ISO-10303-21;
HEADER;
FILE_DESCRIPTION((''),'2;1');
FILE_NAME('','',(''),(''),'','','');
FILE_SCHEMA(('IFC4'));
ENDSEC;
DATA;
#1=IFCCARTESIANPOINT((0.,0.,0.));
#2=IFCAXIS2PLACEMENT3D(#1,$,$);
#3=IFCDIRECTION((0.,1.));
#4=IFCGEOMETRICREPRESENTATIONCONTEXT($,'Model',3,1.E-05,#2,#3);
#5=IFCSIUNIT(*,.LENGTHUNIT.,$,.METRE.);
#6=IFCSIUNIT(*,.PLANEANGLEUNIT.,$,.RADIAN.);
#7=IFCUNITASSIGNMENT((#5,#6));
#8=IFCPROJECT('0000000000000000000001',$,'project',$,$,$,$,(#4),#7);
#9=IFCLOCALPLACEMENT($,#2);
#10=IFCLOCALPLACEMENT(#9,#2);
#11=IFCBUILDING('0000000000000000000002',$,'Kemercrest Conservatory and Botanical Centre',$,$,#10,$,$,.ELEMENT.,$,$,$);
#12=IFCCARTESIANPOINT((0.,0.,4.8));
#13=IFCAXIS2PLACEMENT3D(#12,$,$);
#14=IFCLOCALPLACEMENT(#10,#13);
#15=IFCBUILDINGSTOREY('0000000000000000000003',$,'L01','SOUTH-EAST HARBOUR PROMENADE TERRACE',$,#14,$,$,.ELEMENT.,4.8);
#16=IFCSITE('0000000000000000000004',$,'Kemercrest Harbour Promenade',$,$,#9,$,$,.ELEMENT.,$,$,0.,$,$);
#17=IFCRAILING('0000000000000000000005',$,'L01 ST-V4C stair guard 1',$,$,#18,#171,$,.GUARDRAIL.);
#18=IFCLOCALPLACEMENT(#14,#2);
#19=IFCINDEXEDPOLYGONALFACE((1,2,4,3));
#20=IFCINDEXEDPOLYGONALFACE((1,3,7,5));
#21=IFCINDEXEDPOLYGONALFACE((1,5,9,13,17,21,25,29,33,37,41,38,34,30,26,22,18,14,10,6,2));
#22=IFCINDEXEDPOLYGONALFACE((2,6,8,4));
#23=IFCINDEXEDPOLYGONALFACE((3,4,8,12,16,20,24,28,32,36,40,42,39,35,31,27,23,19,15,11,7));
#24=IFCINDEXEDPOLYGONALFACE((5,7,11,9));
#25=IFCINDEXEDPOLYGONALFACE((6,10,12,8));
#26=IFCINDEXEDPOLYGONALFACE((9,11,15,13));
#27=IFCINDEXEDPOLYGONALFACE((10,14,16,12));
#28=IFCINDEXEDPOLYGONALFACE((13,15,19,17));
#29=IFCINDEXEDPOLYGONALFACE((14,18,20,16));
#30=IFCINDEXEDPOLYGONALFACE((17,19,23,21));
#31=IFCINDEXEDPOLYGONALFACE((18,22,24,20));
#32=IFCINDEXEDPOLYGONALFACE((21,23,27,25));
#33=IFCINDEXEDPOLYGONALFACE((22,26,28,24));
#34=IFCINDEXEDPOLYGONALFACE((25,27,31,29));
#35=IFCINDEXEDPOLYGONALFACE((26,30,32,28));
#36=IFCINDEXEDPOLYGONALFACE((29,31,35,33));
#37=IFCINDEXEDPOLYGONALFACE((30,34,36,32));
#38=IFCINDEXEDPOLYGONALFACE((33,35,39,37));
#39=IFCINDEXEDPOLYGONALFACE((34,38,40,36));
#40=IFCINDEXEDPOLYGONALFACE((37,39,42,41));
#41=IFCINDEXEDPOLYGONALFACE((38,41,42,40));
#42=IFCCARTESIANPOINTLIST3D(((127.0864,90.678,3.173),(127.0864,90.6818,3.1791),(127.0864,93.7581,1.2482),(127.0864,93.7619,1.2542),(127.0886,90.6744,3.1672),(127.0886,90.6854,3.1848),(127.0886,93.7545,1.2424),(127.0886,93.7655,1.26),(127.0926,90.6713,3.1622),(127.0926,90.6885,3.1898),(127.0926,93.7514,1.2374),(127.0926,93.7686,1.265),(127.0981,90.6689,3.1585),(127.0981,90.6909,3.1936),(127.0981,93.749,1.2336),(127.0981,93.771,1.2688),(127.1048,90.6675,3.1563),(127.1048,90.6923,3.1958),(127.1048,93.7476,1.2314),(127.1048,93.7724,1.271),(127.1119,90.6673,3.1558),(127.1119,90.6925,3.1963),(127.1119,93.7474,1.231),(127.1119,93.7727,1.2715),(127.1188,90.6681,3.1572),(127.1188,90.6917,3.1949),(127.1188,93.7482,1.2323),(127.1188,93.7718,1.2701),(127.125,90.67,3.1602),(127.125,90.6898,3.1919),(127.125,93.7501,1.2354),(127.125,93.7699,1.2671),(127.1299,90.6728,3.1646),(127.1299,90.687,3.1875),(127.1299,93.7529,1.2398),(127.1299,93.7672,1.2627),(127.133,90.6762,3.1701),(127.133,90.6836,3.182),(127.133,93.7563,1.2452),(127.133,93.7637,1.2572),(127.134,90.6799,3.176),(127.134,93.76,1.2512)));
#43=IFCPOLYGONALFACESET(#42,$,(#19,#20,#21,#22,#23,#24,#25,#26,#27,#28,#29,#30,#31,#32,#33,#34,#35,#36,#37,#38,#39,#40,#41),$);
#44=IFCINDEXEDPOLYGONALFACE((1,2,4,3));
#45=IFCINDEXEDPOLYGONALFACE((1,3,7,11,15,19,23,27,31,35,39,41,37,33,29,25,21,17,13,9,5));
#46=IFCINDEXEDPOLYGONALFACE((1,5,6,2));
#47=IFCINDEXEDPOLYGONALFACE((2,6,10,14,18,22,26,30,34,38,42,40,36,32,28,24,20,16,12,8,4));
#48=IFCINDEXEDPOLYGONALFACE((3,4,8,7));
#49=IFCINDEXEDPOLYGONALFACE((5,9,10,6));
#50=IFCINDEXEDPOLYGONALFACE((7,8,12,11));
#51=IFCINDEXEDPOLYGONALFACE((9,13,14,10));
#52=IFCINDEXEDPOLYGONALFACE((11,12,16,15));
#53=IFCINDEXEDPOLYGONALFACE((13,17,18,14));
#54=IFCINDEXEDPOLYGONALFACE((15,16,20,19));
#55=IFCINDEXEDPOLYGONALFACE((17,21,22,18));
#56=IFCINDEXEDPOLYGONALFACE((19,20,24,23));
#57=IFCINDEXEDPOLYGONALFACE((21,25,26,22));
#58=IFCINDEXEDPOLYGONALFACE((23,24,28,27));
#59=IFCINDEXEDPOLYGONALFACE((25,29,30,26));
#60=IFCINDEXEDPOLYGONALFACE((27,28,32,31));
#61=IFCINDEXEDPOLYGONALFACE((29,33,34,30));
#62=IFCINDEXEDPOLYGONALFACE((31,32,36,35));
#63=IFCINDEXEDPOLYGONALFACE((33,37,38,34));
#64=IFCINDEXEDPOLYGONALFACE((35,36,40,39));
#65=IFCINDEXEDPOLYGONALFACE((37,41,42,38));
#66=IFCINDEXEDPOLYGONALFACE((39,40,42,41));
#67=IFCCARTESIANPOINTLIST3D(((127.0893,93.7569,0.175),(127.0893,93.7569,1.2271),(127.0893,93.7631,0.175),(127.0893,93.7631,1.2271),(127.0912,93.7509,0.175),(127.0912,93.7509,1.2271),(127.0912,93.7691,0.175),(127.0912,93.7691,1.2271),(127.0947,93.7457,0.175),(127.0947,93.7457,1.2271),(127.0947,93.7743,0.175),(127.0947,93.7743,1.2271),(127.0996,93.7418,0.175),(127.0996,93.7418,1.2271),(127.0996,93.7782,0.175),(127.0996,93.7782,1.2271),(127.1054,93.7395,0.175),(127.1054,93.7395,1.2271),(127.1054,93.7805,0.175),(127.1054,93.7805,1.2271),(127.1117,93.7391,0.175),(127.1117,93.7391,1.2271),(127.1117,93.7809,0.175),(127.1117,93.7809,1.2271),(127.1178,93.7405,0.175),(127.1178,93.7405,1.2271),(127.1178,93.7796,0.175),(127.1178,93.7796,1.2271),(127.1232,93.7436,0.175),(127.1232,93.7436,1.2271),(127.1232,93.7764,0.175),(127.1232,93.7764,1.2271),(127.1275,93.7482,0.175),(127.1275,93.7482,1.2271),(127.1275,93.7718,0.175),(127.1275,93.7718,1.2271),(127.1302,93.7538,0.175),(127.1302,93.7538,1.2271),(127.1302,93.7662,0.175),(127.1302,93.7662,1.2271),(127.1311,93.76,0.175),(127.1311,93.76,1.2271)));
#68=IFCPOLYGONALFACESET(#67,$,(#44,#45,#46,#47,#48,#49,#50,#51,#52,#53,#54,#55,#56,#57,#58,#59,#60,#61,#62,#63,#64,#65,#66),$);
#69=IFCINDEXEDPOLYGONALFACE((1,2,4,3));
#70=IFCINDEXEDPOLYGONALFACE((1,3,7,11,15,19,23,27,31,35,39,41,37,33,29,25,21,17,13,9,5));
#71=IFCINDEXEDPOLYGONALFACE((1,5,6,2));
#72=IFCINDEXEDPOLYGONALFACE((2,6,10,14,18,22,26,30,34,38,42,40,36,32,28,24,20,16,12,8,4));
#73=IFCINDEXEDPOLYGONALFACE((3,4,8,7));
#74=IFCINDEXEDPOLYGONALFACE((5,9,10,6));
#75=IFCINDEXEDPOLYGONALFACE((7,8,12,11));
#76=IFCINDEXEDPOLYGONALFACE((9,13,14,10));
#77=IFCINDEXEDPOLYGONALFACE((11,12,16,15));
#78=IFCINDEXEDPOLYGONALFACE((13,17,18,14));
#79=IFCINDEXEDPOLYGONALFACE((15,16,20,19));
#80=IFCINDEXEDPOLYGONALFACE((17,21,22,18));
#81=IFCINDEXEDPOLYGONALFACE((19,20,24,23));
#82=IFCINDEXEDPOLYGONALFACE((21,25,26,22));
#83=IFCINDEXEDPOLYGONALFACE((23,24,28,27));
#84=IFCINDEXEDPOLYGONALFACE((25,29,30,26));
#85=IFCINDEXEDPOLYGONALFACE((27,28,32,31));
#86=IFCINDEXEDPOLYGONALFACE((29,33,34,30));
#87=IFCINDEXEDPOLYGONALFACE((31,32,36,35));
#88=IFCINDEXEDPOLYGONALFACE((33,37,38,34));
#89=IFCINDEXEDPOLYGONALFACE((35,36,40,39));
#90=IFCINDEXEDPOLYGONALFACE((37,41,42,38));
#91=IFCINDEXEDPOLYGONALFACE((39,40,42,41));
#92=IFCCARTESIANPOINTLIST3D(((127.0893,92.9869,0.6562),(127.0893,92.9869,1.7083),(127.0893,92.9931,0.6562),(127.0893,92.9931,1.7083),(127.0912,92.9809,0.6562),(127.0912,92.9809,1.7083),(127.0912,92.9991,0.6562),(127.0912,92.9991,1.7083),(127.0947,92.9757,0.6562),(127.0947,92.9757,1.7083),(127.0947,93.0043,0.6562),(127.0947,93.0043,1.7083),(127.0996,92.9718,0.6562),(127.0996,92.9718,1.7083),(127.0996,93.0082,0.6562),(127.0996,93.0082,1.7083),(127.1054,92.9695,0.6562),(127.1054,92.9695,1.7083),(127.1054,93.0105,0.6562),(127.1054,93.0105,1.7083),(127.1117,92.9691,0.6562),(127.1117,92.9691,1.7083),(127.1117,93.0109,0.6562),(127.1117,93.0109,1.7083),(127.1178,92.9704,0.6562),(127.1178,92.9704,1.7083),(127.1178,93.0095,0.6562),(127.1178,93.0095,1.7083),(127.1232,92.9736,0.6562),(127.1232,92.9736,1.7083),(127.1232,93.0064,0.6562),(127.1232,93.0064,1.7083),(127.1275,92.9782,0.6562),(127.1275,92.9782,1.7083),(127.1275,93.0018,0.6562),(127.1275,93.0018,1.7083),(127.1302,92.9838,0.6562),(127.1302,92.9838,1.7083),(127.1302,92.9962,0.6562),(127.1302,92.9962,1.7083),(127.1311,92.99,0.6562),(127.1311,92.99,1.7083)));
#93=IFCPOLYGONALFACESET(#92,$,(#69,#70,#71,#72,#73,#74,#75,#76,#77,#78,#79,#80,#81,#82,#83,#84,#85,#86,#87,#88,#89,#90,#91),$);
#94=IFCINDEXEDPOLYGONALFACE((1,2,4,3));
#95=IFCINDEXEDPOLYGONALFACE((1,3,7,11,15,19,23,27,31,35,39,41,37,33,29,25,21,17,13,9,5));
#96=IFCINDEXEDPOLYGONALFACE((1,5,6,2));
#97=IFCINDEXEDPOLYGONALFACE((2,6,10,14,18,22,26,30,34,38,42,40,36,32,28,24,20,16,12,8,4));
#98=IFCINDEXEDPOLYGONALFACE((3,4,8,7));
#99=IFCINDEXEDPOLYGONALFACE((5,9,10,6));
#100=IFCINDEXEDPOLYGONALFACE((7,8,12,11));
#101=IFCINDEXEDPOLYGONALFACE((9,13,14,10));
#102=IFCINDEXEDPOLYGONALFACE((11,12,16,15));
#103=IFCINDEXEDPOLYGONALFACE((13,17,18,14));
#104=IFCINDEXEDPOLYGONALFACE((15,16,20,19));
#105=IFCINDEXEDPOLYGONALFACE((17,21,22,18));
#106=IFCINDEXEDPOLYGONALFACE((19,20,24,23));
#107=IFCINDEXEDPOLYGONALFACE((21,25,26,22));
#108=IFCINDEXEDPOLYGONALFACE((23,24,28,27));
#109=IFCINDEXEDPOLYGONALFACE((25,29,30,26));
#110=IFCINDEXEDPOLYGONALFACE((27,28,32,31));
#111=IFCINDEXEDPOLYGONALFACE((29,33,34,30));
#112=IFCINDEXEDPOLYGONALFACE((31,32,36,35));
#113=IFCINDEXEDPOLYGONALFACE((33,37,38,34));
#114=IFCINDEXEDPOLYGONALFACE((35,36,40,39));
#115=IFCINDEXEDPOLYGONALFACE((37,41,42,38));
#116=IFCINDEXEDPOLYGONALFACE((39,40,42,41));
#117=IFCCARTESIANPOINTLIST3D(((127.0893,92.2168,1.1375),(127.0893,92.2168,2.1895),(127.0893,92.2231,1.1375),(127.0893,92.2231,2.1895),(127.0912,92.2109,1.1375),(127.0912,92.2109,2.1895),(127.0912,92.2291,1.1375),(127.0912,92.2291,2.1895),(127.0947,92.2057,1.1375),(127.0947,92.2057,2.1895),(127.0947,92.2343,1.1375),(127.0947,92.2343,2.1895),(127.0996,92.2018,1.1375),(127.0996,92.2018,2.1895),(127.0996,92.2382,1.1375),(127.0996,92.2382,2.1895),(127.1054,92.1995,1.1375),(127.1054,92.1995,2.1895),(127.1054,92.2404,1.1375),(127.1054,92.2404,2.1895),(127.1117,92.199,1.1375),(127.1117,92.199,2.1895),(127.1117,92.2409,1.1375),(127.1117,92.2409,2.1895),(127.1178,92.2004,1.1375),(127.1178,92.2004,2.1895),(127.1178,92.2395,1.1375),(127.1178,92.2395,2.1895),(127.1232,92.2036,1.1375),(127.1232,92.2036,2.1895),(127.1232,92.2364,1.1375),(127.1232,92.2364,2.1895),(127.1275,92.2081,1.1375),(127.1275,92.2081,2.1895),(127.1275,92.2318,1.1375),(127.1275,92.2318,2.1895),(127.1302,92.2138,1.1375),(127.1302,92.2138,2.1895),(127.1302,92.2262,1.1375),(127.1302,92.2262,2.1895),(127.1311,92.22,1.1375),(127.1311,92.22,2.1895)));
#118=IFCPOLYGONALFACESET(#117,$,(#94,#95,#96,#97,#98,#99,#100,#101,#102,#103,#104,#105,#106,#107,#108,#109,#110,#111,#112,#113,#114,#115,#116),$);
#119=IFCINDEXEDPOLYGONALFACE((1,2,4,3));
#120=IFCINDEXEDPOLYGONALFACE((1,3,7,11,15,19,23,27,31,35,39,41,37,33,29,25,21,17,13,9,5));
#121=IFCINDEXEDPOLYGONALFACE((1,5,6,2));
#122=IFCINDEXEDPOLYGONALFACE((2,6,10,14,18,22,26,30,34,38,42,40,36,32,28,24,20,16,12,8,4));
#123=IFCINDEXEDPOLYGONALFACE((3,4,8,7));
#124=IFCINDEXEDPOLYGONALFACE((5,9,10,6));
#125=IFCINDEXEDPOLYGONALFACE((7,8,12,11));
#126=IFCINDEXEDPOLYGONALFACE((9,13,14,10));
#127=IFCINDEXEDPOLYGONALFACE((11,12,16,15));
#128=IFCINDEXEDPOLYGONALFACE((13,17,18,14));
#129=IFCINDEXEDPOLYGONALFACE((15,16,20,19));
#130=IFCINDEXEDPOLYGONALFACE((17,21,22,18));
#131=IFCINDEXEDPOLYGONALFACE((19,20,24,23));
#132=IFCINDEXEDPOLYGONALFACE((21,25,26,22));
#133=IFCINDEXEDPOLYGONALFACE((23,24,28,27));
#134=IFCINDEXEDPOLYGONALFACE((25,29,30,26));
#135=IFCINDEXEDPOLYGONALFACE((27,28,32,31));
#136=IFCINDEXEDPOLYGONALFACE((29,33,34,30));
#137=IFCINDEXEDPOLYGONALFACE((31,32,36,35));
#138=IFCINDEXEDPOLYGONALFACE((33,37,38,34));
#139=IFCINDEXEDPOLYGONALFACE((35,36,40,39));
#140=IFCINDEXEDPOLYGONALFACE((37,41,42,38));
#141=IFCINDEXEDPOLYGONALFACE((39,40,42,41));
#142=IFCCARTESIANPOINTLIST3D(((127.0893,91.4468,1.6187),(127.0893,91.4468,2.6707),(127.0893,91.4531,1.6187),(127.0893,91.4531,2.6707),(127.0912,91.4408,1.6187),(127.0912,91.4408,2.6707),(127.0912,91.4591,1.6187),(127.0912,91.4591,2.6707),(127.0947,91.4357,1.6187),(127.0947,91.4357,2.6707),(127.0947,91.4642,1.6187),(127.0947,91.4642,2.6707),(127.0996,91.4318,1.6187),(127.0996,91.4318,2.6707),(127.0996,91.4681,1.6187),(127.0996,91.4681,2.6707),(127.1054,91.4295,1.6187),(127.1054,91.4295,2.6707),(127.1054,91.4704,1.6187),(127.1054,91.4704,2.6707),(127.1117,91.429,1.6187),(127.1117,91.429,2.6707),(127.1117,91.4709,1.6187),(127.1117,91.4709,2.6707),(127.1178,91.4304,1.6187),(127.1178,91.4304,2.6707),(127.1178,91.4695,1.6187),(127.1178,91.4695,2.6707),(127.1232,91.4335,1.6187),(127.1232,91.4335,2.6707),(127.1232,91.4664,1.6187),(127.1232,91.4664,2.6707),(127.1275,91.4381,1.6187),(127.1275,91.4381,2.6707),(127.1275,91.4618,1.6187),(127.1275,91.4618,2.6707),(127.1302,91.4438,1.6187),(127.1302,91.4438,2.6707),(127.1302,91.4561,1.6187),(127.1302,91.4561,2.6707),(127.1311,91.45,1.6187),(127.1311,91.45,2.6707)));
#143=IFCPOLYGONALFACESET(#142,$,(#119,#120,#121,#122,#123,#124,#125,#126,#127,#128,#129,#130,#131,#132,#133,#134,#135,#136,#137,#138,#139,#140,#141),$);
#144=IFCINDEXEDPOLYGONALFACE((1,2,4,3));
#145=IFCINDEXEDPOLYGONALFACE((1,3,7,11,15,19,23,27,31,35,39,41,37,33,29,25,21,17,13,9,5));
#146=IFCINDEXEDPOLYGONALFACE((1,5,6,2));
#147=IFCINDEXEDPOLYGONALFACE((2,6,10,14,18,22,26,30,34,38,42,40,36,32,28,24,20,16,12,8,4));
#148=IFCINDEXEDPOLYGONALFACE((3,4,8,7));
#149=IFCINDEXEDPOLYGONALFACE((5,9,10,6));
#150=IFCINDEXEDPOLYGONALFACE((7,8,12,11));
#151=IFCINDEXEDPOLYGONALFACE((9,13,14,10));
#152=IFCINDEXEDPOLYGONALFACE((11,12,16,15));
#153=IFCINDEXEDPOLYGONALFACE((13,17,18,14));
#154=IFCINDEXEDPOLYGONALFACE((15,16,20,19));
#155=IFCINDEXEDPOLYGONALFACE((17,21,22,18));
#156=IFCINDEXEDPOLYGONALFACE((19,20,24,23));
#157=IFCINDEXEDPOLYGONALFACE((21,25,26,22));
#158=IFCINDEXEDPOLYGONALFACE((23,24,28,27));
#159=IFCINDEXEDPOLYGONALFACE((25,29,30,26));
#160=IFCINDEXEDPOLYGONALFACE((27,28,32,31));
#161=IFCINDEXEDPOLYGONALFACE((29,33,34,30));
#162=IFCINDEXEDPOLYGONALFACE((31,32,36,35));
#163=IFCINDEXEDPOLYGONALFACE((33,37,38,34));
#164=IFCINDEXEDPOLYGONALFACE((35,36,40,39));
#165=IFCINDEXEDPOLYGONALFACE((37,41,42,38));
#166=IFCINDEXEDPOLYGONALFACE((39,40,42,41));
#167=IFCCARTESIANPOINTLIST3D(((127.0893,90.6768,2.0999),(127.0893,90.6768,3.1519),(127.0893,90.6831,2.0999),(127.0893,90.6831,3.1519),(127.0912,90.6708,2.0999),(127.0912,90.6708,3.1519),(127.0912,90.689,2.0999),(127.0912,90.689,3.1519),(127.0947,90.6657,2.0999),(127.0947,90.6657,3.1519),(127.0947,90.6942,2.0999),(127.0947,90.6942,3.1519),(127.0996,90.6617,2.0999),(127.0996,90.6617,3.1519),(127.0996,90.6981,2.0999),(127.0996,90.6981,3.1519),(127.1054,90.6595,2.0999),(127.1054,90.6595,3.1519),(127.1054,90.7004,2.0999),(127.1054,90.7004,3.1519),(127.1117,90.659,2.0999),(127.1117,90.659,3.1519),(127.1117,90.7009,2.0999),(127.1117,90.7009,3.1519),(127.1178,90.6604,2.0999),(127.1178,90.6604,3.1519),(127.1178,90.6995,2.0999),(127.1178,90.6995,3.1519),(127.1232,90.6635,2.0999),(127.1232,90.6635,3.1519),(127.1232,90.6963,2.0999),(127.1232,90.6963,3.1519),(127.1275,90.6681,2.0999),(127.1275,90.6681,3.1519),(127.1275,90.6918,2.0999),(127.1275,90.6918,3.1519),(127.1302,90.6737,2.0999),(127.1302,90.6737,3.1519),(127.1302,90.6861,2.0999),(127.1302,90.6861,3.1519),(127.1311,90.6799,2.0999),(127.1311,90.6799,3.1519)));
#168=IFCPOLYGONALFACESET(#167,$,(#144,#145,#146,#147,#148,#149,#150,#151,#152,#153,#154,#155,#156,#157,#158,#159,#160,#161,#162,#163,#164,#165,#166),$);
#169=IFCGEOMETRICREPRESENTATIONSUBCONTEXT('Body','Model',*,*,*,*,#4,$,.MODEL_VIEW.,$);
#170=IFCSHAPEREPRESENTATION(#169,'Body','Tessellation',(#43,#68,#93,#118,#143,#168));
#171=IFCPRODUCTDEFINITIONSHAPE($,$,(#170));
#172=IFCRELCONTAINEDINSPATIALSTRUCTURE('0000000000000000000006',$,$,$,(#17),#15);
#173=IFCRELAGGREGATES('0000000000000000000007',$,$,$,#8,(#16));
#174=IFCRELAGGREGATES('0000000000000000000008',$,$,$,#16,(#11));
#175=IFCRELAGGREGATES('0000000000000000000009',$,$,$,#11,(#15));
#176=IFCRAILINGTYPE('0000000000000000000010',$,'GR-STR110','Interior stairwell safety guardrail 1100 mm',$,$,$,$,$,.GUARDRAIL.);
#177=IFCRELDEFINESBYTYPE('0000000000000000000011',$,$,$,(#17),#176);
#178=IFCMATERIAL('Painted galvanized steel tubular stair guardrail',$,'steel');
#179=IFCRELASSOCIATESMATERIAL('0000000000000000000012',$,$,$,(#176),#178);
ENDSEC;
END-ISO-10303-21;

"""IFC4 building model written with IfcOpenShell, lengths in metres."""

from ifc_helpers import new_model, si_unit, direction, frame, origin, origin_2d, place, context, subcontext, project, spatial, circle, extrude, material, type_object, element, save


model = new_model("IFC4")

# Units and contexts
model_context = context("Model", 3, precision=1e-05, world=origin(), true_north=direction((0.0, 1.0)))
body_context = subcontext(model_context, "Body", "Model", "MODEL_VIEW")
ifc_project = project(units=[si_unit("LENGTHUNIT", "METRE"), si_unit("PLANEANGLEUNIT", "RADIAN")], contexts=[model_context])

# Site, building, storey
site_placement = place(None, origin())
site = spatial("IfcSite", under=ifc_project, at=site_placement, Name="Kemercrest Harbour Promenade", CompositionType="ELEMENT", RefElevation=0.0)
building_placement = place(site_placement, origin())
building = spatial("IfcBuilding", under=site, at=building_placement, Name="Kemercrest Conservatory and Botanical Centre", CompositionType="ELEMENT")
storey_placement = place(building_placement, frame((0.0, 0.0, 4.8)))
storey = spatial("IfcBuildingStorey", under=building, at=storey_placement, Name="L01", Description="SOUTH-EAST HARBOUR PROMENADE TERRACE", CompositionType="ELEMENT", Elevation=4.8)

# Railing
ifc_material_1 = material(Name="Painted galvanized steel tubular stair guardrail", Category="steel")
railing_type_1 = type_object("IfcRailingType", Name="GR-STR110", Description="Interior stairwell safety guardrail 1100 mm", PredefinedType="GUARDRAIL", material=ifc_material_1)
railing_1_placement = place(storey_placement, frame((127.1101, 93.76, 0.175)))
element("IfcRailing", 1, at=railing_1_placement, inside=storey, type_object=railing_type_1, Name="L01 ST-V4C stair guard 1", PredefinedType="GUARDRAIL", context=body_context, shape_type="SweptSolid", body=[
    extrude(circle(Radius=0.0239, at=origin_2d()), frame((0.0, 0.0, 1.0762), z_axis=(0.0, -0.848029, 0.529951), x_axis=(1.0, 0.0, 0.0)), (0.0, 0.0, 1.0), 3.6321),
    extrude(circle(Radius=0.021, at=origin_2d()), origin(), (0.0, 0.0, 1.0), 1.052),
    extrude(circle(Radius=0.021, at=origin_2d()), frame((0.0, -0.77, 0.4812)), (0.0, 0.0, 1.0), 1.052),
    extrude(circle(Radius=0.021, at=origin_2d()), frame((0.0, -1.54, 0.9624)), (0.0, 0.0, 1.0), 1.052),
    extrude(circle(Radius=0.021, at=origin_2d()), frame((0.0, -2.3101, 1.4436)), (0.0, 0.0, 1.0), 1.052),
    extrude(circle(Radius=0.021, at=origin_2d()), frame((0.0, -3.0801, 1.9248)), (0.0, 0.0, 1.0), 1.052),
])

save(model, "model.ifc")
